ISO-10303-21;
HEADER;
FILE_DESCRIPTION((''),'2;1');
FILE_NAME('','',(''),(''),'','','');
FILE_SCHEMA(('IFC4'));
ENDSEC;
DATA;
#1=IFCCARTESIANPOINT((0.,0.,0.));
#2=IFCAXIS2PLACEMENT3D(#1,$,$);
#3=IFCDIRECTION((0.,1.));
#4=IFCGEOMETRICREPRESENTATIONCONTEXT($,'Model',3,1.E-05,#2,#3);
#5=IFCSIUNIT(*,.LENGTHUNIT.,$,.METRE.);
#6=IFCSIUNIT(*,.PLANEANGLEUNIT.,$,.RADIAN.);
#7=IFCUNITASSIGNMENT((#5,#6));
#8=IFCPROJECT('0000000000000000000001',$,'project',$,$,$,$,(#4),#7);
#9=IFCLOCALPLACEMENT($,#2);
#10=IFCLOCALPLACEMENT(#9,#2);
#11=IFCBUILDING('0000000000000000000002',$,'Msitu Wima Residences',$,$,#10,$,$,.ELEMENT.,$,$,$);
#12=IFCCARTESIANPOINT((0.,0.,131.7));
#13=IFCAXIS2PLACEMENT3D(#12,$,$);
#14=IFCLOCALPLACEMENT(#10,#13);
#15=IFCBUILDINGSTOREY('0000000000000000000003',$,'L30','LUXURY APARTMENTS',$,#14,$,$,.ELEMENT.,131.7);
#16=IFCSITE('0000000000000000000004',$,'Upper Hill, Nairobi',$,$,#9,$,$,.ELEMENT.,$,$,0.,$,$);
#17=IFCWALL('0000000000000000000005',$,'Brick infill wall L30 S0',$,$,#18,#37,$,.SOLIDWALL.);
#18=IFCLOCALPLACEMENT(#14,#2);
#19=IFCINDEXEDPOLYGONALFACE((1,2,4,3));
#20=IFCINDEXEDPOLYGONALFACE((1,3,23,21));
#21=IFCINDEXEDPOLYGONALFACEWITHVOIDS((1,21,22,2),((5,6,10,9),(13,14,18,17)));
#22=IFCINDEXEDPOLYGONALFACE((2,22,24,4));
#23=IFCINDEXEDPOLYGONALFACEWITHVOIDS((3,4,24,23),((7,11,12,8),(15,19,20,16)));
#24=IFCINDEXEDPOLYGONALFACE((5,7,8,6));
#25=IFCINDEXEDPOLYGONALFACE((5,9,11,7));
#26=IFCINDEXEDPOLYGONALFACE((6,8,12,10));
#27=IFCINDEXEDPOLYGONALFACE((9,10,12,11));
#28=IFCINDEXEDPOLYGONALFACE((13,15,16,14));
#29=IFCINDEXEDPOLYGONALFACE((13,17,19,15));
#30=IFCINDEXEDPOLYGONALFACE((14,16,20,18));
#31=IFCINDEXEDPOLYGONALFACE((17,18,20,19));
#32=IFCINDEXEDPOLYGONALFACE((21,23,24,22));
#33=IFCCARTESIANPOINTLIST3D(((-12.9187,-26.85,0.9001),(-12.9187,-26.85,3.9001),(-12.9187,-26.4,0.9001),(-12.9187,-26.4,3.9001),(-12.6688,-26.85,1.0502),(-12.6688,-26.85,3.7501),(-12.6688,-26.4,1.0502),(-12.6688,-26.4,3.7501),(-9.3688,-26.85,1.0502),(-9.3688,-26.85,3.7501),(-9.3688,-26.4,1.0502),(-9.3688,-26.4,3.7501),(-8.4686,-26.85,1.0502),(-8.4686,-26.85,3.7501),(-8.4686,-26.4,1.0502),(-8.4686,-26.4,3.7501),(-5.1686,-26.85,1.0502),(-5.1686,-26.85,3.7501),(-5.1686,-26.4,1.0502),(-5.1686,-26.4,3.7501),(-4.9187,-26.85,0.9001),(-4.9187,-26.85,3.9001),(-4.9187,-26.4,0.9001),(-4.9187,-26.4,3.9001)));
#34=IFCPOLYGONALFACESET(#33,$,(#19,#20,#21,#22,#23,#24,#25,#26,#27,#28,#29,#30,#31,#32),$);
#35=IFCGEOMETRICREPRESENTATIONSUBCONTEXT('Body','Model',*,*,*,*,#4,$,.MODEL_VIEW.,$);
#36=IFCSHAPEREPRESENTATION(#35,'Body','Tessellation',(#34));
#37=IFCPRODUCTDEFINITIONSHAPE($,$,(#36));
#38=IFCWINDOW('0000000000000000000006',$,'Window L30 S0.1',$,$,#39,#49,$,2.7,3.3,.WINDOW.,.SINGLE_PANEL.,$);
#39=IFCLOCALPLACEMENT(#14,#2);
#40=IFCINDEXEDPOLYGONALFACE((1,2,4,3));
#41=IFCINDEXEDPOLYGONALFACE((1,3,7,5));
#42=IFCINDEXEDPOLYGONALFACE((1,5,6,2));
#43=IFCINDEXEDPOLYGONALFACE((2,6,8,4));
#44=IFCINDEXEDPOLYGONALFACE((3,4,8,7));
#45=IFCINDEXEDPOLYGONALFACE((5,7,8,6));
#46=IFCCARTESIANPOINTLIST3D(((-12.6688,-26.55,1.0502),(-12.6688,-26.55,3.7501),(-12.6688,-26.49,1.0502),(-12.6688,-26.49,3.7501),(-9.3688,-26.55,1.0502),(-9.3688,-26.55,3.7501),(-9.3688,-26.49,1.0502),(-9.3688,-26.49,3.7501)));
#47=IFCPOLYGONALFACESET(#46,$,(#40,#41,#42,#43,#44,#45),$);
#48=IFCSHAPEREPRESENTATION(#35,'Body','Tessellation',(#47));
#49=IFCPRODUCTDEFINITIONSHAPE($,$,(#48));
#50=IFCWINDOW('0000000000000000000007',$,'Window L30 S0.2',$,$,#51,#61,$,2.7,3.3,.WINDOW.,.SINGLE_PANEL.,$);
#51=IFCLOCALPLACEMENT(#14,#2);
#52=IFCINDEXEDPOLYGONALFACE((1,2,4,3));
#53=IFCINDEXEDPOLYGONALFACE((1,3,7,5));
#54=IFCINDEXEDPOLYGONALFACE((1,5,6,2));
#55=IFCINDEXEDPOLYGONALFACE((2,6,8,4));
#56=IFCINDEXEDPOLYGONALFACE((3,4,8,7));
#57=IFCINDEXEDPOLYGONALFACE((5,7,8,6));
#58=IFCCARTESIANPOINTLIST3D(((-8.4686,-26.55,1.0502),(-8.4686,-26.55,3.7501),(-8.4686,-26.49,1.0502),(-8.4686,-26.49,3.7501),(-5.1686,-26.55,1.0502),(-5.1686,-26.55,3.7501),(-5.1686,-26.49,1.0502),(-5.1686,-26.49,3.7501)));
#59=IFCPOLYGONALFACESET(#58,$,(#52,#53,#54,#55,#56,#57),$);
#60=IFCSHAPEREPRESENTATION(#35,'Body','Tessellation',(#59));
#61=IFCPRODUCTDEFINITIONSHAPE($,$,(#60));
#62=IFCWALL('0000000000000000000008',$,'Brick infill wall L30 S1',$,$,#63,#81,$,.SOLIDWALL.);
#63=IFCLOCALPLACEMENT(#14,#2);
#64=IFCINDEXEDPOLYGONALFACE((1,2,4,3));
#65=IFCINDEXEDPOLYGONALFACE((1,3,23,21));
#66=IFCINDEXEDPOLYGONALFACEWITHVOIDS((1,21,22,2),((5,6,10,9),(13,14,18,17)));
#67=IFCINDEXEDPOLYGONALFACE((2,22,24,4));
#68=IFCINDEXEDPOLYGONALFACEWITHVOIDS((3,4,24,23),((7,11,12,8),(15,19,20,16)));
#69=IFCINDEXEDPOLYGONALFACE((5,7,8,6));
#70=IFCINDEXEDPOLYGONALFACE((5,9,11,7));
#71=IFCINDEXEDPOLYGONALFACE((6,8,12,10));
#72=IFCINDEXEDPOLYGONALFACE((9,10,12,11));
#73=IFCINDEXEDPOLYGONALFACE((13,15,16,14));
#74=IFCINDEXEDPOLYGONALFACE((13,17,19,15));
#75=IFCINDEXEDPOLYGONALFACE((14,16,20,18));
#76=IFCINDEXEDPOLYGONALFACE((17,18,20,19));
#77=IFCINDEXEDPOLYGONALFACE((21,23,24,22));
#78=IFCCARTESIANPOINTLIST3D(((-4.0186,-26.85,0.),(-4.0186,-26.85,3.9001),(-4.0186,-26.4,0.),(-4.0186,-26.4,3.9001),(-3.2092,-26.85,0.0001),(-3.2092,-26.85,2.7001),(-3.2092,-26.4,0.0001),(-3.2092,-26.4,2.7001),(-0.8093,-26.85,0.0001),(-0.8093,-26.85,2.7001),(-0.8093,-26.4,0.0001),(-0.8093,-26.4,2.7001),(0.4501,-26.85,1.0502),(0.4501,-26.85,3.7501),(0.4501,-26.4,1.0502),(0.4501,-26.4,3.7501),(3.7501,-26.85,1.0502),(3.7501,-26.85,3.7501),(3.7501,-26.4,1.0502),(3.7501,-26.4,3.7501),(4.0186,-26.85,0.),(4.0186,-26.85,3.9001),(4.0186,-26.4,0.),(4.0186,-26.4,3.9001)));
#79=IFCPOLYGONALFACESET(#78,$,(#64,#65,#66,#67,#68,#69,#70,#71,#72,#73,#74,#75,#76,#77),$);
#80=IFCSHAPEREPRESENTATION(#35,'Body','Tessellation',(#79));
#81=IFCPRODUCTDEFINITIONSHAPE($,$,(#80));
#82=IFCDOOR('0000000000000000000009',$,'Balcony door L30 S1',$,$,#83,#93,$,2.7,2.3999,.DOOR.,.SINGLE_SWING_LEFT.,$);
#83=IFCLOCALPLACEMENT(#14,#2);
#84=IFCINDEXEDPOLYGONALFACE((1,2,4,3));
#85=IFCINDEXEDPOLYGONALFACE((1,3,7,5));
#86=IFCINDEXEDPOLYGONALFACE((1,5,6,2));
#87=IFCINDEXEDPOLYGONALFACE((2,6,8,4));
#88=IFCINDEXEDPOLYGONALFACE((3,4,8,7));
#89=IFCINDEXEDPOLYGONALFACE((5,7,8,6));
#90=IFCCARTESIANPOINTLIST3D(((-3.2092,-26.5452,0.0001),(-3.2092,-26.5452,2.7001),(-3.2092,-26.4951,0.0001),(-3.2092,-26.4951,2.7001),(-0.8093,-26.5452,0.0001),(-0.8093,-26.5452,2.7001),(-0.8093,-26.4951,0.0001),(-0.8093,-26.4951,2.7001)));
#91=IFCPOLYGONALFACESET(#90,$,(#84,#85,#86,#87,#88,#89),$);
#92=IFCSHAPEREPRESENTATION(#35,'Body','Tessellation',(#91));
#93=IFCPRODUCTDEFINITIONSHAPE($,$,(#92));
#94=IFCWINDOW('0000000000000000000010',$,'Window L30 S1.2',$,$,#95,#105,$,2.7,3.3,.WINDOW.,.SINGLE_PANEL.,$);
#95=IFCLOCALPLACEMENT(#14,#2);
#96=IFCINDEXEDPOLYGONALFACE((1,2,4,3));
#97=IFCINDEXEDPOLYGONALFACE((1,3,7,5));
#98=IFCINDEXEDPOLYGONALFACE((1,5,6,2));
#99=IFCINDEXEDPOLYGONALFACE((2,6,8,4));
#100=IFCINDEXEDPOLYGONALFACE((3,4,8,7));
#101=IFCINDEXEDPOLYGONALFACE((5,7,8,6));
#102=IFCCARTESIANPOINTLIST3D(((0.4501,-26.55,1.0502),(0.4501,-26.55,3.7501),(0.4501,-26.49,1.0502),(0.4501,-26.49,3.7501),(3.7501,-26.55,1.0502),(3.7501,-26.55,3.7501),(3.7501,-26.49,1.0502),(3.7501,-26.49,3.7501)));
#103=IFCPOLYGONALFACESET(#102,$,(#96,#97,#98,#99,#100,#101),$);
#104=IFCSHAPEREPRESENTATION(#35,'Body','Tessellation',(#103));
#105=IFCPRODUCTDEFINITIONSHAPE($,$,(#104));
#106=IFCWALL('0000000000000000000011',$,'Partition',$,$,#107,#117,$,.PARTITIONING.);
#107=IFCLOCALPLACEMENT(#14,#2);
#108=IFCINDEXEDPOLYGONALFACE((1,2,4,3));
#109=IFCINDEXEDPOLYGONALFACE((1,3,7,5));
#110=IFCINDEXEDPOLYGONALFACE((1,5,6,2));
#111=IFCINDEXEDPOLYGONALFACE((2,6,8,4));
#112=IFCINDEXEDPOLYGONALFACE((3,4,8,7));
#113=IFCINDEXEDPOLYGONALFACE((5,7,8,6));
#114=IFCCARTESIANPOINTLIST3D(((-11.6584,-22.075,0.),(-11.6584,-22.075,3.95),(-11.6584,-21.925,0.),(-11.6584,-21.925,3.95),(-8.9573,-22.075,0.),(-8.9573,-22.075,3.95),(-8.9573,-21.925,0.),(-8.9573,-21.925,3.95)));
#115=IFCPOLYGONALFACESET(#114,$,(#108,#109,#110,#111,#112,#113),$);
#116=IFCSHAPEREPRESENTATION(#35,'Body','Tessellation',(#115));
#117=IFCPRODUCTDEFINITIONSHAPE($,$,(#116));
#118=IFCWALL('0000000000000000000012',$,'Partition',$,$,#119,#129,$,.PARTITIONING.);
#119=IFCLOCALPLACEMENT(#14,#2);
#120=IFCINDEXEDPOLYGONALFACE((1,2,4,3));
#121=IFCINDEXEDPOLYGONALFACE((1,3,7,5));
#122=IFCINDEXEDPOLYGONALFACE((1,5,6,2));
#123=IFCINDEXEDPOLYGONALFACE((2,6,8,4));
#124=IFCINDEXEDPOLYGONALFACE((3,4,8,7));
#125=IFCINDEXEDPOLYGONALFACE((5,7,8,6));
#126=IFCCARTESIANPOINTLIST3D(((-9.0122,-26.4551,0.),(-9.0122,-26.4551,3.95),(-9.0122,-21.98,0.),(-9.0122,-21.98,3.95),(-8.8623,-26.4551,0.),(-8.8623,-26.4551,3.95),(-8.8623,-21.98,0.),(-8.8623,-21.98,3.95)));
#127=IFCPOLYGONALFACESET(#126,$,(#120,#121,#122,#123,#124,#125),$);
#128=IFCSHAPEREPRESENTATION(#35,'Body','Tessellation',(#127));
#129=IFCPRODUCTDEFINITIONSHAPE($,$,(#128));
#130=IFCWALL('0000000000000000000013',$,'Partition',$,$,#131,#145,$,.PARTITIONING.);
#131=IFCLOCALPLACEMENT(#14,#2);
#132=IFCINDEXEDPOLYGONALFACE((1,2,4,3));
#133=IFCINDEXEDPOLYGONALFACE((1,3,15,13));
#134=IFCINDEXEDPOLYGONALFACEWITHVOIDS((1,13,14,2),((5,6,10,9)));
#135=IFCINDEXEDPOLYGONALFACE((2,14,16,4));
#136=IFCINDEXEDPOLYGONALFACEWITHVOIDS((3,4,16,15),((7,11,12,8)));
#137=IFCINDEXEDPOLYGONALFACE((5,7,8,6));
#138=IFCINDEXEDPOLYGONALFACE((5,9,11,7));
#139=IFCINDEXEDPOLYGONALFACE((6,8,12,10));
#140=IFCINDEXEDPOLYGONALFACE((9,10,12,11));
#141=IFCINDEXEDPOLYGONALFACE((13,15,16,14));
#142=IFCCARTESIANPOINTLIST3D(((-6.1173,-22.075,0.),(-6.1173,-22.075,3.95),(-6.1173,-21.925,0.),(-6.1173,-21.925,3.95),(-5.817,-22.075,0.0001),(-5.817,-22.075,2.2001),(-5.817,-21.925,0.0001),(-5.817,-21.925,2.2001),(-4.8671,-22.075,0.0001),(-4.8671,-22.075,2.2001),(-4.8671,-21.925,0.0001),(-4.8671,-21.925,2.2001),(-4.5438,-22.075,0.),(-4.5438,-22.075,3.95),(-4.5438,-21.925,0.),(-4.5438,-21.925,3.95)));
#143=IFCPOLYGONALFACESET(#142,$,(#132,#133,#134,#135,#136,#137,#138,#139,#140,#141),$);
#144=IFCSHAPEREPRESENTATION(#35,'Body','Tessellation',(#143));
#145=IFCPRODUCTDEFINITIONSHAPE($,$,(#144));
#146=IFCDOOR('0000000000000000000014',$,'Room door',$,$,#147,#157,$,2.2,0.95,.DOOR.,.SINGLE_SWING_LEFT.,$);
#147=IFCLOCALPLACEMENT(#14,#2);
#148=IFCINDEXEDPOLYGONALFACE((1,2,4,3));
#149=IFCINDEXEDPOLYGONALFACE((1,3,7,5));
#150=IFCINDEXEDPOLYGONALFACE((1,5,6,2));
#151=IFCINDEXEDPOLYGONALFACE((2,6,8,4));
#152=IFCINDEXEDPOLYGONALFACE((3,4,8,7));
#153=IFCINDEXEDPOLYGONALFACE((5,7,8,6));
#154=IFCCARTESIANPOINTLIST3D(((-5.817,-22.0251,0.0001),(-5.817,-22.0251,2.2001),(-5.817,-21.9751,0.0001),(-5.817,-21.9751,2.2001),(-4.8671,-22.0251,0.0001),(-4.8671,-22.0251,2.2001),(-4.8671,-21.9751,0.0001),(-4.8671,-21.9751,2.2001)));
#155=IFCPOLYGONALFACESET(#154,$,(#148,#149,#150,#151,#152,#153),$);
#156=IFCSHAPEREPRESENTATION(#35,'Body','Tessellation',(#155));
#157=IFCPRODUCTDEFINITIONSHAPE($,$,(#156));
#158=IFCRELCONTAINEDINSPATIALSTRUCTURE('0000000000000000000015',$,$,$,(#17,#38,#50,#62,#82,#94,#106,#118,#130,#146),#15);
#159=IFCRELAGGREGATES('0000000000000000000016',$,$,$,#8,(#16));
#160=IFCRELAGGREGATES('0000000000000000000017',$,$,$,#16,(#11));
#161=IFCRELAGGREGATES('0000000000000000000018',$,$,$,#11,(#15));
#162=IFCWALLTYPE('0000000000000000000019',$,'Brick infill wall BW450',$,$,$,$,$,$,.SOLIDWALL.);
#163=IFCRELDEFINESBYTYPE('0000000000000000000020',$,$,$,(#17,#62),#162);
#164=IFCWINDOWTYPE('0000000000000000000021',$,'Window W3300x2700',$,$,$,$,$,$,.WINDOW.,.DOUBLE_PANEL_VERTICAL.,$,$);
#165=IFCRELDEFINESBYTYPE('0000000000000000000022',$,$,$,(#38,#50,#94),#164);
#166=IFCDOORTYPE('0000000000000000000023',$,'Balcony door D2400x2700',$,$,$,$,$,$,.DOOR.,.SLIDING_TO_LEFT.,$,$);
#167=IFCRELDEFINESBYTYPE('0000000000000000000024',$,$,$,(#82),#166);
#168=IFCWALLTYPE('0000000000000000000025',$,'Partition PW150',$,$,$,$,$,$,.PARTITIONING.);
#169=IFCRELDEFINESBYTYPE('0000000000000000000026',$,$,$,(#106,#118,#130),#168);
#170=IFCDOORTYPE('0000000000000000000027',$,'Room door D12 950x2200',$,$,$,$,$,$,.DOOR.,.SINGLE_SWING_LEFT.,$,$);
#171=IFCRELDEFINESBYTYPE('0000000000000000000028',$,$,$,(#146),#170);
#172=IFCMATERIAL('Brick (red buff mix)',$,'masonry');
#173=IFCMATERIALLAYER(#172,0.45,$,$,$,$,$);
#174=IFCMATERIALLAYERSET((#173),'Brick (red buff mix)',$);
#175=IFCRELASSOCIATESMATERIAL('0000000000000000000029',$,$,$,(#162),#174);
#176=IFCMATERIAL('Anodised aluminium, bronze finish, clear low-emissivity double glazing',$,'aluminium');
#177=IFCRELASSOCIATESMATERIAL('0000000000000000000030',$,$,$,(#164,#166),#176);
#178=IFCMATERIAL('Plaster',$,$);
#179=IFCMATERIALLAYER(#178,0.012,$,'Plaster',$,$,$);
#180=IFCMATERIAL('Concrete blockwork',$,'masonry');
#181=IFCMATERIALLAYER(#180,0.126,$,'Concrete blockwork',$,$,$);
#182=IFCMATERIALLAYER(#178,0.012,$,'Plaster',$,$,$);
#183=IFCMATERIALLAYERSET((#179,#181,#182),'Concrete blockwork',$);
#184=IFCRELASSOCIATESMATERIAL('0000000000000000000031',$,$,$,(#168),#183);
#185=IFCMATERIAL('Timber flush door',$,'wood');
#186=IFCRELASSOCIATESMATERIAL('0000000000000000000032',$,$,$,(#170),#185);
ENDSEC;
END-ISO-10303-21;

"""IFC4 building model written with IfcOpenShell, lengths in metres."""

from ifc_helpers import new_model, si_unit, direction, frame, frame_2d, origin, place, context, subcontext, project, spatial, rectangle, extrude, material, layer, layer_set, type_object, element, fill, save


model = new_model("IFC4")

# Units and contexts
model_context = context("Model", 3, precision=1e-05, world=origin(), true_north=direction((0.0, 1.0)))
body_context = subcontext(model_context, "Body", "Model", "MODEL_VIEW")
ifc_project = project(units=[si_unit("LENGTHUNIT", "METRE"), si_unit("PLANEANGLEUNIT", "RADIAN")], contexts=[model_context])

# Site, building, storey
site_placement = place(None, origin())
site = spatial("IfcSite", under=ifc_project, at=site_placement, Name="Upper Hill, Nairobi", CompositionType="ELEMENT", RefElevation=0.0)
building_placement = place(site_placement, origin())
building = spatial("IfcBuilding", under=site, at=building_placement, Name="Msitu Wima Residences", CompositionType="ELEMENT")
storey_placement = place(building_placement, frame((0.0, 0.0, 131.7)))
storey = spatial("IfcBuildingStorey", under=building, at=storey_placement, Name="L30", Description="LUXURY APARTMENTS", CompositionType="ELEMENT", Elevation=131.7)

# Wall, openings, windows
ifc_material_1 = material(Name="Brick (red buff mix)", Category="masonry")
ifc_layer_1 = layer(ifc_material_1, 0.45)
ifc_layer_set_1 = layer_set([ifc_layer_1], Name="Brick (red buff mix)")
wall_type_1 = type_object("IfcWallType", Name="Brick infill wall BW450", PredefinedType="SOLIDWALL", material=ifc_layer_set_1)
wall_1_placement = place(storey_placement, frame((-12.9187, -26.625, 0.9001), z_axis=(0.0, 0.0, 1.0), x_axis=(1.0, 0.0, 0.0)))
wall_1 = element("IfcWall", 1, at=wall_1_placement, inside=storey, type_object=wall_type_1, Name="Brick infill wall L30 S0", PredefinedType="SOLIDWALL", context=body_context, shape_type="SweptSolid", body=[
    extrude(rectangle(XDim=8.0, YDim=0.45, at=frame_2d((4.0, 0.0))), origin(), (0.0, 0.0, 1.0), 3.0),
])
opening_1_placement = place(wall_1_placement, frame((0.25, 0.0, 0.1499)))
opening_1 = element("IfcOpeningElement", 2, at=opening_1_placement, cuts=wall_1, PredefinedType="OPENING", context=body_context, shape_type="SweptSolid", body=[
    extrude(rectangle(XDim=3.3, YDim=2.7, at=frame_2d((1.6499, 1.3501))), frame((0.0, 0.2349, 0.0), z_axis=(0.0, -1.0, 0.0), x_axis=(1.0, 0.0, 0.0)), (0.0, 0.0, 1.0), 0.47),
])
opening_2_placement = place(wall_1_placement, frame((4.4502, 0.0, 0.1499)))
opening_2 = element("IfcOpeningElement", 3, at=opening_2_placement, cuts=wall_1, PredefinedType="OPENING", context=body_context, shape_type="SweptSolid", body=[
    extrude(rectangle(XDim=3.3, YDim=2.7, at=frame_2d((1.6499, 1.3501))), frame((0.0, 0.2349, 0.0), z_axis=(0.0, -1.0, 0.0), x_axis=(1.0, 0.0, 0.0)), (0.0, 0.0, 1.0), 0.47),
])
ifc_material_2 = material(Name="Anodised aluminium, bronze finish, clear low-emissivity double glazing", Category="aluminium")
window_type = type_object("IfcWindowType", Name="Window W3300x2700", PartitioningType="DOUBLE_PANEL_VERTICAL", PredefinedType="WINDOW", material=ifc_material_2)
window_1_placement = place(opening_1_placement, origin())
window_1 = element("IfcWindow", 4, at=window_1_placement, inside=storey, type_object=window_type, Name="Window L30 S0.1", OverallHeight=2.7, OverallWidth=3.3, PartitioningType="SINGLE_PANEL", PredefinedType="WINDOW", context=body_context, shape_type="SweptSolid", body=[
    extrude(rectangle(XDim=3.3, YDim=2.7, at=frame_2d((1.6499, 1.3501))), frame((0.0, 0.135, 0.0), z_axis=(0.0, -1.0, 0.0), x_axis=(1.0, 0.0, 0.0)), (0.0, 0.0, 1.0), 0.0601),
])
fill(opening_1, window_1)
window_2_placement = place(opening_2_placement, origin())
window_2 = element("IfcWindow", 5, at=window_2_placement, inside=storey, type_object=window_type, Name="Window L30 S0.2", OverallHeight=2.7, OverallWidth=3.3, PartitioningType="SINGLE_PANEL", PredefinedType="WINDOW", context=body_context, shape_type="SweptSolid", body=[
    extrude(rectangle(XDim=3.3, YDim=2.7, at=frame_2d((1.6499, 1.3501))), frame((0.0, 0.135, 0.0), z_axis=(0.0, -1.0, 0.0), x_axis=(1.0, 0.0, 0.0)), (0.0, 0.0, 1.0), 0.0601),
])
fill(opening_2, window_2)

# Wall, openings, door, window
wall_2_placement = place(storey_placement, frame((-4.0186, -26.625, 0.0), z_axis=(0.0, 0.0, 1.0), x_axis=(1.0, 0.0, 0.0)))
wall_2 = element("IfcWall", 6, at=wall_2_placement, inside=storey, type_object=wall_type_1, Name="Brick infill wall L30 S1", PredefinedType="SOLIDWALL", context=body_context, shape_type="SweptSolid", body=[
    extrude(rectangle(XDim=8.0371, YDim=0.45, at=frame_2d((4.0186, 0.0))), origin(), (0.0, 0.0, 1.0), 3.9001),
])
opening_3_placement = place(wall_2_placement, frame((0.8093, 0.0, 0.0)))
opening_3 = element("IfcOpeningElement", 7, at=opening_3_placement, cuts=wall_2, PredefinedType="OPENING", context=body_context, shape_type="SweptSolid", body=[
    extrude(rectangle(XDim=2.3999, YDim=2.7, at=frame_2d((1.2, 1.3501))), frame((0.0, 0.2349, 0.0), z_axis=(0.0, -1.0, 0.0), x_axis=(1.0, 0.0, 0.0)), (0.0, 0.0, 1.0), 0.47),
])
opening_4_placement = place(wall_2_placement, frame((4.4688, 0.0, 1.05)))
opening_4 = element("IfcOpeningElement", 8, at=opening_4_placement, cuts=wall_2, PredefinedType="OPENING", context=body_context, shape_type="SweptSolid", body=[
    extrude(rectangle(XDim=3.3, YDim=2.7, at=frame_2d((1.6499, 1.3501))), frame((0.0, 0.2349, 0.0), z_axis=(0.0, -1.0, 0.0), x_axis=(1.0, 0.0, 0.0)), (0.0, 0.0, 1.0), 0.47),
])
door_type_1 = type_object("IfcDoorType", Name="Balcony door D2400x2700", OperationType="SLIDING_TO_LEFT", PredefinedType="DOOR", material=ifc_material_2)
door_1_placement = place(opening_3_placement, origin())
door_1 = element("IfcDoor", 9, at=door_1_placement, inside=storey, type_object=door_type_1, Name="Balcony door L30 S1", OperationType="SINGLE_SWING_LEFT", OverallHeight=2.7, OverallWidth=2.3999, PredefinedType="DOOR", context=body_context, shape_type="SweptSolid", body=[
    extrude(rectangle(XDim=2.3999, YDim=2.7, at=frame_2d((1.2, 1.3501))), frame((0.0, 0.1299, 0.0), z_axis=(0.0, -1.0, 0.0), x_axis=(1.0, 0.0, 0.0)), (0.0, 0.0, 1.0), 0.05),
])
fill(opening_3, door_1)
window_3_placement = place(opening_4_placement, origin())
window_3 = element("IfcWindow", 10, at=window_3_placement, inside=storey, type_object=window_type, Name="Window L30 S1.2", OverallHeight=2.7, OverallWidth=3.3, PartitioningType="SINGLE_PANEL", PredefinedType="WINDOW", context=body_context, shape_type="SweptSolid", body=[
    extrude(rectangle(XDim=3.3, YDim=2.7, at=frame_2d((1.6499, 1.3501))), frame((0.0, 0.135, 0.0), z_axis=(0.0, -1.0, 0.0), x_axis=(1.0, 0.0, 0.0)), (0.0, 0.0, 1.0), 0.0601),
])
fill(opening_4, window_3)

# Walls
ifc_material_3 = material(Name="Plaster")
ifc_layer_2 = layer(ifc_material_3, 0.012, Name="Plaster")
ifc_material_4 = material(Name="Concrete blockwork", Category="masonry")
ifc_layer_3 = layer(ifc_material_4, 0.126, Name="Concrete blockwork")
ifc_layer_4 = layer(ifc_material_3, 0.012, Name="Plaster")
ifc_layer_set_2 = layer_set([ifc_layer_2, ifc_layer_3, ifc_layer_4], Name="Concrete blockwork")
wall_type_2 = type_object("IfcWallType", Name="Partition PW150", PredefinedType="PARTITIONING", material=ifc_layer_set_2)
wall_3_placement = place(storey_placement, frame((-11.6584, -22.0, 0.0), z_axis=(0.0, 0.0, 1.0), x_axis=(1.0, 0.0, 0.0)))
element("IfcWall", 11, at=wall_3_placement, inside=storey, type_object=wall_type_2, Name="Partition", PredefinedType="PARTITIONING", context=body_context, shape_type="SweptSolid", body=[
    extrude(rectangle(XDim=2.7012, YDim=0.1499, at=frame_2d((1.3506, 0.0))), origin(), (0.0, 0.0, 1.0), 3.95),
])
wall_4_placement = place(storey_placement, frame((-8.9373, -26.4551, 0.0), z_axis=(0.0, 0.0, 1.0), x_axis=(0.0, 1.0, 0.0)))
element("IfcWall", 12, at=wall_4_placement, inside=storey, type_object=wall_type_2, Name="Partition", PredefinedType="PARTITIONING", context=body_context, shape_type="SweptSolid", body=[
    extrude(rectangle(XDim=4.4751, YDim=0.1499, at=frame_2d((2.2375, 0.0))), origin(), (0.0, 0.0, 1.0), 3.95),
])

# Wall, opening, door
wall_5_placement = place(storey_placement, frame((-6.1172, -22.0, 0.0), z_axis=(0.0, 0.0, 1.0), x_axis=(1.0, 0.0, 0.0)))
wall_5 = element("IfcWall", 13, at=wall_5_placement, inside=storey, type_object=wall_type_2, Name="Partition", PredefinedType="PARTITIONING", context=body_context, shape_type="SweptSolid", body=[
    extrude(rectangle(XDim=1.5735, YDim=0.1499, at=frame_2d((0.7866, 0.0))), origin(), (0.0, 0.0, 1.0), 3.95),
])
opening_5_placement = place(wall_5_placement, frame((0.3, 0.0, 0.0)))
opening_5 = element("IfcOpeningElement", 14, at=opening_5_placement, cuts=wall_5, PredefinedType="OPENING", context=body_context, shape_type="SweptSolid", body=[
    extrude(rectangle(XDim=0.95, YDim=2.2, at=frame_2d((0.4751, 1.1001))), frame((0.0, 0.085, 0.0), z_axis=(0.0, -1.0, 0.0), x_axis=(1.0, 0.0, 0.0)), (0.0, 0.0, 1.0), 0.1699),
])
ifc_material_5 = material(Name="Timber flush door", Category="wood")
door_type_2 = type_object("IfcDoorType", Name="Room door D12 950x2200", OperationType="SINGLE_SWING_LEFT", PredefinedType="DOOR", material=ifc_material_5)
door_2_placement = place(opening_5_placement, origin())
door_2 = element("IfcDoor", 15, at=door_2_placement, inside=storey, type_object=door_type_2, Name="Room door", OperationType="SINGLE_SWING_LEFT", OverallHeight=2.2, OverallWidth=0.95, PredefinedType="DOOR", context=body_context, shape_type="SweptSolid", body=[
    extrude(rectangle(XDim=0.95, YDim=2.2, at=frame_2d((0.4751, 1.1001))), frame((0.0, 0.0249, 0.0), z_axis=(0.0, -1.0, 0.0), x_axis=(1.0, 0.0, 0.0)), (0.0, 0.0, 1.0), 0.05),
])
fill(opening_5, door_2)

save(model, "model.ifc")
